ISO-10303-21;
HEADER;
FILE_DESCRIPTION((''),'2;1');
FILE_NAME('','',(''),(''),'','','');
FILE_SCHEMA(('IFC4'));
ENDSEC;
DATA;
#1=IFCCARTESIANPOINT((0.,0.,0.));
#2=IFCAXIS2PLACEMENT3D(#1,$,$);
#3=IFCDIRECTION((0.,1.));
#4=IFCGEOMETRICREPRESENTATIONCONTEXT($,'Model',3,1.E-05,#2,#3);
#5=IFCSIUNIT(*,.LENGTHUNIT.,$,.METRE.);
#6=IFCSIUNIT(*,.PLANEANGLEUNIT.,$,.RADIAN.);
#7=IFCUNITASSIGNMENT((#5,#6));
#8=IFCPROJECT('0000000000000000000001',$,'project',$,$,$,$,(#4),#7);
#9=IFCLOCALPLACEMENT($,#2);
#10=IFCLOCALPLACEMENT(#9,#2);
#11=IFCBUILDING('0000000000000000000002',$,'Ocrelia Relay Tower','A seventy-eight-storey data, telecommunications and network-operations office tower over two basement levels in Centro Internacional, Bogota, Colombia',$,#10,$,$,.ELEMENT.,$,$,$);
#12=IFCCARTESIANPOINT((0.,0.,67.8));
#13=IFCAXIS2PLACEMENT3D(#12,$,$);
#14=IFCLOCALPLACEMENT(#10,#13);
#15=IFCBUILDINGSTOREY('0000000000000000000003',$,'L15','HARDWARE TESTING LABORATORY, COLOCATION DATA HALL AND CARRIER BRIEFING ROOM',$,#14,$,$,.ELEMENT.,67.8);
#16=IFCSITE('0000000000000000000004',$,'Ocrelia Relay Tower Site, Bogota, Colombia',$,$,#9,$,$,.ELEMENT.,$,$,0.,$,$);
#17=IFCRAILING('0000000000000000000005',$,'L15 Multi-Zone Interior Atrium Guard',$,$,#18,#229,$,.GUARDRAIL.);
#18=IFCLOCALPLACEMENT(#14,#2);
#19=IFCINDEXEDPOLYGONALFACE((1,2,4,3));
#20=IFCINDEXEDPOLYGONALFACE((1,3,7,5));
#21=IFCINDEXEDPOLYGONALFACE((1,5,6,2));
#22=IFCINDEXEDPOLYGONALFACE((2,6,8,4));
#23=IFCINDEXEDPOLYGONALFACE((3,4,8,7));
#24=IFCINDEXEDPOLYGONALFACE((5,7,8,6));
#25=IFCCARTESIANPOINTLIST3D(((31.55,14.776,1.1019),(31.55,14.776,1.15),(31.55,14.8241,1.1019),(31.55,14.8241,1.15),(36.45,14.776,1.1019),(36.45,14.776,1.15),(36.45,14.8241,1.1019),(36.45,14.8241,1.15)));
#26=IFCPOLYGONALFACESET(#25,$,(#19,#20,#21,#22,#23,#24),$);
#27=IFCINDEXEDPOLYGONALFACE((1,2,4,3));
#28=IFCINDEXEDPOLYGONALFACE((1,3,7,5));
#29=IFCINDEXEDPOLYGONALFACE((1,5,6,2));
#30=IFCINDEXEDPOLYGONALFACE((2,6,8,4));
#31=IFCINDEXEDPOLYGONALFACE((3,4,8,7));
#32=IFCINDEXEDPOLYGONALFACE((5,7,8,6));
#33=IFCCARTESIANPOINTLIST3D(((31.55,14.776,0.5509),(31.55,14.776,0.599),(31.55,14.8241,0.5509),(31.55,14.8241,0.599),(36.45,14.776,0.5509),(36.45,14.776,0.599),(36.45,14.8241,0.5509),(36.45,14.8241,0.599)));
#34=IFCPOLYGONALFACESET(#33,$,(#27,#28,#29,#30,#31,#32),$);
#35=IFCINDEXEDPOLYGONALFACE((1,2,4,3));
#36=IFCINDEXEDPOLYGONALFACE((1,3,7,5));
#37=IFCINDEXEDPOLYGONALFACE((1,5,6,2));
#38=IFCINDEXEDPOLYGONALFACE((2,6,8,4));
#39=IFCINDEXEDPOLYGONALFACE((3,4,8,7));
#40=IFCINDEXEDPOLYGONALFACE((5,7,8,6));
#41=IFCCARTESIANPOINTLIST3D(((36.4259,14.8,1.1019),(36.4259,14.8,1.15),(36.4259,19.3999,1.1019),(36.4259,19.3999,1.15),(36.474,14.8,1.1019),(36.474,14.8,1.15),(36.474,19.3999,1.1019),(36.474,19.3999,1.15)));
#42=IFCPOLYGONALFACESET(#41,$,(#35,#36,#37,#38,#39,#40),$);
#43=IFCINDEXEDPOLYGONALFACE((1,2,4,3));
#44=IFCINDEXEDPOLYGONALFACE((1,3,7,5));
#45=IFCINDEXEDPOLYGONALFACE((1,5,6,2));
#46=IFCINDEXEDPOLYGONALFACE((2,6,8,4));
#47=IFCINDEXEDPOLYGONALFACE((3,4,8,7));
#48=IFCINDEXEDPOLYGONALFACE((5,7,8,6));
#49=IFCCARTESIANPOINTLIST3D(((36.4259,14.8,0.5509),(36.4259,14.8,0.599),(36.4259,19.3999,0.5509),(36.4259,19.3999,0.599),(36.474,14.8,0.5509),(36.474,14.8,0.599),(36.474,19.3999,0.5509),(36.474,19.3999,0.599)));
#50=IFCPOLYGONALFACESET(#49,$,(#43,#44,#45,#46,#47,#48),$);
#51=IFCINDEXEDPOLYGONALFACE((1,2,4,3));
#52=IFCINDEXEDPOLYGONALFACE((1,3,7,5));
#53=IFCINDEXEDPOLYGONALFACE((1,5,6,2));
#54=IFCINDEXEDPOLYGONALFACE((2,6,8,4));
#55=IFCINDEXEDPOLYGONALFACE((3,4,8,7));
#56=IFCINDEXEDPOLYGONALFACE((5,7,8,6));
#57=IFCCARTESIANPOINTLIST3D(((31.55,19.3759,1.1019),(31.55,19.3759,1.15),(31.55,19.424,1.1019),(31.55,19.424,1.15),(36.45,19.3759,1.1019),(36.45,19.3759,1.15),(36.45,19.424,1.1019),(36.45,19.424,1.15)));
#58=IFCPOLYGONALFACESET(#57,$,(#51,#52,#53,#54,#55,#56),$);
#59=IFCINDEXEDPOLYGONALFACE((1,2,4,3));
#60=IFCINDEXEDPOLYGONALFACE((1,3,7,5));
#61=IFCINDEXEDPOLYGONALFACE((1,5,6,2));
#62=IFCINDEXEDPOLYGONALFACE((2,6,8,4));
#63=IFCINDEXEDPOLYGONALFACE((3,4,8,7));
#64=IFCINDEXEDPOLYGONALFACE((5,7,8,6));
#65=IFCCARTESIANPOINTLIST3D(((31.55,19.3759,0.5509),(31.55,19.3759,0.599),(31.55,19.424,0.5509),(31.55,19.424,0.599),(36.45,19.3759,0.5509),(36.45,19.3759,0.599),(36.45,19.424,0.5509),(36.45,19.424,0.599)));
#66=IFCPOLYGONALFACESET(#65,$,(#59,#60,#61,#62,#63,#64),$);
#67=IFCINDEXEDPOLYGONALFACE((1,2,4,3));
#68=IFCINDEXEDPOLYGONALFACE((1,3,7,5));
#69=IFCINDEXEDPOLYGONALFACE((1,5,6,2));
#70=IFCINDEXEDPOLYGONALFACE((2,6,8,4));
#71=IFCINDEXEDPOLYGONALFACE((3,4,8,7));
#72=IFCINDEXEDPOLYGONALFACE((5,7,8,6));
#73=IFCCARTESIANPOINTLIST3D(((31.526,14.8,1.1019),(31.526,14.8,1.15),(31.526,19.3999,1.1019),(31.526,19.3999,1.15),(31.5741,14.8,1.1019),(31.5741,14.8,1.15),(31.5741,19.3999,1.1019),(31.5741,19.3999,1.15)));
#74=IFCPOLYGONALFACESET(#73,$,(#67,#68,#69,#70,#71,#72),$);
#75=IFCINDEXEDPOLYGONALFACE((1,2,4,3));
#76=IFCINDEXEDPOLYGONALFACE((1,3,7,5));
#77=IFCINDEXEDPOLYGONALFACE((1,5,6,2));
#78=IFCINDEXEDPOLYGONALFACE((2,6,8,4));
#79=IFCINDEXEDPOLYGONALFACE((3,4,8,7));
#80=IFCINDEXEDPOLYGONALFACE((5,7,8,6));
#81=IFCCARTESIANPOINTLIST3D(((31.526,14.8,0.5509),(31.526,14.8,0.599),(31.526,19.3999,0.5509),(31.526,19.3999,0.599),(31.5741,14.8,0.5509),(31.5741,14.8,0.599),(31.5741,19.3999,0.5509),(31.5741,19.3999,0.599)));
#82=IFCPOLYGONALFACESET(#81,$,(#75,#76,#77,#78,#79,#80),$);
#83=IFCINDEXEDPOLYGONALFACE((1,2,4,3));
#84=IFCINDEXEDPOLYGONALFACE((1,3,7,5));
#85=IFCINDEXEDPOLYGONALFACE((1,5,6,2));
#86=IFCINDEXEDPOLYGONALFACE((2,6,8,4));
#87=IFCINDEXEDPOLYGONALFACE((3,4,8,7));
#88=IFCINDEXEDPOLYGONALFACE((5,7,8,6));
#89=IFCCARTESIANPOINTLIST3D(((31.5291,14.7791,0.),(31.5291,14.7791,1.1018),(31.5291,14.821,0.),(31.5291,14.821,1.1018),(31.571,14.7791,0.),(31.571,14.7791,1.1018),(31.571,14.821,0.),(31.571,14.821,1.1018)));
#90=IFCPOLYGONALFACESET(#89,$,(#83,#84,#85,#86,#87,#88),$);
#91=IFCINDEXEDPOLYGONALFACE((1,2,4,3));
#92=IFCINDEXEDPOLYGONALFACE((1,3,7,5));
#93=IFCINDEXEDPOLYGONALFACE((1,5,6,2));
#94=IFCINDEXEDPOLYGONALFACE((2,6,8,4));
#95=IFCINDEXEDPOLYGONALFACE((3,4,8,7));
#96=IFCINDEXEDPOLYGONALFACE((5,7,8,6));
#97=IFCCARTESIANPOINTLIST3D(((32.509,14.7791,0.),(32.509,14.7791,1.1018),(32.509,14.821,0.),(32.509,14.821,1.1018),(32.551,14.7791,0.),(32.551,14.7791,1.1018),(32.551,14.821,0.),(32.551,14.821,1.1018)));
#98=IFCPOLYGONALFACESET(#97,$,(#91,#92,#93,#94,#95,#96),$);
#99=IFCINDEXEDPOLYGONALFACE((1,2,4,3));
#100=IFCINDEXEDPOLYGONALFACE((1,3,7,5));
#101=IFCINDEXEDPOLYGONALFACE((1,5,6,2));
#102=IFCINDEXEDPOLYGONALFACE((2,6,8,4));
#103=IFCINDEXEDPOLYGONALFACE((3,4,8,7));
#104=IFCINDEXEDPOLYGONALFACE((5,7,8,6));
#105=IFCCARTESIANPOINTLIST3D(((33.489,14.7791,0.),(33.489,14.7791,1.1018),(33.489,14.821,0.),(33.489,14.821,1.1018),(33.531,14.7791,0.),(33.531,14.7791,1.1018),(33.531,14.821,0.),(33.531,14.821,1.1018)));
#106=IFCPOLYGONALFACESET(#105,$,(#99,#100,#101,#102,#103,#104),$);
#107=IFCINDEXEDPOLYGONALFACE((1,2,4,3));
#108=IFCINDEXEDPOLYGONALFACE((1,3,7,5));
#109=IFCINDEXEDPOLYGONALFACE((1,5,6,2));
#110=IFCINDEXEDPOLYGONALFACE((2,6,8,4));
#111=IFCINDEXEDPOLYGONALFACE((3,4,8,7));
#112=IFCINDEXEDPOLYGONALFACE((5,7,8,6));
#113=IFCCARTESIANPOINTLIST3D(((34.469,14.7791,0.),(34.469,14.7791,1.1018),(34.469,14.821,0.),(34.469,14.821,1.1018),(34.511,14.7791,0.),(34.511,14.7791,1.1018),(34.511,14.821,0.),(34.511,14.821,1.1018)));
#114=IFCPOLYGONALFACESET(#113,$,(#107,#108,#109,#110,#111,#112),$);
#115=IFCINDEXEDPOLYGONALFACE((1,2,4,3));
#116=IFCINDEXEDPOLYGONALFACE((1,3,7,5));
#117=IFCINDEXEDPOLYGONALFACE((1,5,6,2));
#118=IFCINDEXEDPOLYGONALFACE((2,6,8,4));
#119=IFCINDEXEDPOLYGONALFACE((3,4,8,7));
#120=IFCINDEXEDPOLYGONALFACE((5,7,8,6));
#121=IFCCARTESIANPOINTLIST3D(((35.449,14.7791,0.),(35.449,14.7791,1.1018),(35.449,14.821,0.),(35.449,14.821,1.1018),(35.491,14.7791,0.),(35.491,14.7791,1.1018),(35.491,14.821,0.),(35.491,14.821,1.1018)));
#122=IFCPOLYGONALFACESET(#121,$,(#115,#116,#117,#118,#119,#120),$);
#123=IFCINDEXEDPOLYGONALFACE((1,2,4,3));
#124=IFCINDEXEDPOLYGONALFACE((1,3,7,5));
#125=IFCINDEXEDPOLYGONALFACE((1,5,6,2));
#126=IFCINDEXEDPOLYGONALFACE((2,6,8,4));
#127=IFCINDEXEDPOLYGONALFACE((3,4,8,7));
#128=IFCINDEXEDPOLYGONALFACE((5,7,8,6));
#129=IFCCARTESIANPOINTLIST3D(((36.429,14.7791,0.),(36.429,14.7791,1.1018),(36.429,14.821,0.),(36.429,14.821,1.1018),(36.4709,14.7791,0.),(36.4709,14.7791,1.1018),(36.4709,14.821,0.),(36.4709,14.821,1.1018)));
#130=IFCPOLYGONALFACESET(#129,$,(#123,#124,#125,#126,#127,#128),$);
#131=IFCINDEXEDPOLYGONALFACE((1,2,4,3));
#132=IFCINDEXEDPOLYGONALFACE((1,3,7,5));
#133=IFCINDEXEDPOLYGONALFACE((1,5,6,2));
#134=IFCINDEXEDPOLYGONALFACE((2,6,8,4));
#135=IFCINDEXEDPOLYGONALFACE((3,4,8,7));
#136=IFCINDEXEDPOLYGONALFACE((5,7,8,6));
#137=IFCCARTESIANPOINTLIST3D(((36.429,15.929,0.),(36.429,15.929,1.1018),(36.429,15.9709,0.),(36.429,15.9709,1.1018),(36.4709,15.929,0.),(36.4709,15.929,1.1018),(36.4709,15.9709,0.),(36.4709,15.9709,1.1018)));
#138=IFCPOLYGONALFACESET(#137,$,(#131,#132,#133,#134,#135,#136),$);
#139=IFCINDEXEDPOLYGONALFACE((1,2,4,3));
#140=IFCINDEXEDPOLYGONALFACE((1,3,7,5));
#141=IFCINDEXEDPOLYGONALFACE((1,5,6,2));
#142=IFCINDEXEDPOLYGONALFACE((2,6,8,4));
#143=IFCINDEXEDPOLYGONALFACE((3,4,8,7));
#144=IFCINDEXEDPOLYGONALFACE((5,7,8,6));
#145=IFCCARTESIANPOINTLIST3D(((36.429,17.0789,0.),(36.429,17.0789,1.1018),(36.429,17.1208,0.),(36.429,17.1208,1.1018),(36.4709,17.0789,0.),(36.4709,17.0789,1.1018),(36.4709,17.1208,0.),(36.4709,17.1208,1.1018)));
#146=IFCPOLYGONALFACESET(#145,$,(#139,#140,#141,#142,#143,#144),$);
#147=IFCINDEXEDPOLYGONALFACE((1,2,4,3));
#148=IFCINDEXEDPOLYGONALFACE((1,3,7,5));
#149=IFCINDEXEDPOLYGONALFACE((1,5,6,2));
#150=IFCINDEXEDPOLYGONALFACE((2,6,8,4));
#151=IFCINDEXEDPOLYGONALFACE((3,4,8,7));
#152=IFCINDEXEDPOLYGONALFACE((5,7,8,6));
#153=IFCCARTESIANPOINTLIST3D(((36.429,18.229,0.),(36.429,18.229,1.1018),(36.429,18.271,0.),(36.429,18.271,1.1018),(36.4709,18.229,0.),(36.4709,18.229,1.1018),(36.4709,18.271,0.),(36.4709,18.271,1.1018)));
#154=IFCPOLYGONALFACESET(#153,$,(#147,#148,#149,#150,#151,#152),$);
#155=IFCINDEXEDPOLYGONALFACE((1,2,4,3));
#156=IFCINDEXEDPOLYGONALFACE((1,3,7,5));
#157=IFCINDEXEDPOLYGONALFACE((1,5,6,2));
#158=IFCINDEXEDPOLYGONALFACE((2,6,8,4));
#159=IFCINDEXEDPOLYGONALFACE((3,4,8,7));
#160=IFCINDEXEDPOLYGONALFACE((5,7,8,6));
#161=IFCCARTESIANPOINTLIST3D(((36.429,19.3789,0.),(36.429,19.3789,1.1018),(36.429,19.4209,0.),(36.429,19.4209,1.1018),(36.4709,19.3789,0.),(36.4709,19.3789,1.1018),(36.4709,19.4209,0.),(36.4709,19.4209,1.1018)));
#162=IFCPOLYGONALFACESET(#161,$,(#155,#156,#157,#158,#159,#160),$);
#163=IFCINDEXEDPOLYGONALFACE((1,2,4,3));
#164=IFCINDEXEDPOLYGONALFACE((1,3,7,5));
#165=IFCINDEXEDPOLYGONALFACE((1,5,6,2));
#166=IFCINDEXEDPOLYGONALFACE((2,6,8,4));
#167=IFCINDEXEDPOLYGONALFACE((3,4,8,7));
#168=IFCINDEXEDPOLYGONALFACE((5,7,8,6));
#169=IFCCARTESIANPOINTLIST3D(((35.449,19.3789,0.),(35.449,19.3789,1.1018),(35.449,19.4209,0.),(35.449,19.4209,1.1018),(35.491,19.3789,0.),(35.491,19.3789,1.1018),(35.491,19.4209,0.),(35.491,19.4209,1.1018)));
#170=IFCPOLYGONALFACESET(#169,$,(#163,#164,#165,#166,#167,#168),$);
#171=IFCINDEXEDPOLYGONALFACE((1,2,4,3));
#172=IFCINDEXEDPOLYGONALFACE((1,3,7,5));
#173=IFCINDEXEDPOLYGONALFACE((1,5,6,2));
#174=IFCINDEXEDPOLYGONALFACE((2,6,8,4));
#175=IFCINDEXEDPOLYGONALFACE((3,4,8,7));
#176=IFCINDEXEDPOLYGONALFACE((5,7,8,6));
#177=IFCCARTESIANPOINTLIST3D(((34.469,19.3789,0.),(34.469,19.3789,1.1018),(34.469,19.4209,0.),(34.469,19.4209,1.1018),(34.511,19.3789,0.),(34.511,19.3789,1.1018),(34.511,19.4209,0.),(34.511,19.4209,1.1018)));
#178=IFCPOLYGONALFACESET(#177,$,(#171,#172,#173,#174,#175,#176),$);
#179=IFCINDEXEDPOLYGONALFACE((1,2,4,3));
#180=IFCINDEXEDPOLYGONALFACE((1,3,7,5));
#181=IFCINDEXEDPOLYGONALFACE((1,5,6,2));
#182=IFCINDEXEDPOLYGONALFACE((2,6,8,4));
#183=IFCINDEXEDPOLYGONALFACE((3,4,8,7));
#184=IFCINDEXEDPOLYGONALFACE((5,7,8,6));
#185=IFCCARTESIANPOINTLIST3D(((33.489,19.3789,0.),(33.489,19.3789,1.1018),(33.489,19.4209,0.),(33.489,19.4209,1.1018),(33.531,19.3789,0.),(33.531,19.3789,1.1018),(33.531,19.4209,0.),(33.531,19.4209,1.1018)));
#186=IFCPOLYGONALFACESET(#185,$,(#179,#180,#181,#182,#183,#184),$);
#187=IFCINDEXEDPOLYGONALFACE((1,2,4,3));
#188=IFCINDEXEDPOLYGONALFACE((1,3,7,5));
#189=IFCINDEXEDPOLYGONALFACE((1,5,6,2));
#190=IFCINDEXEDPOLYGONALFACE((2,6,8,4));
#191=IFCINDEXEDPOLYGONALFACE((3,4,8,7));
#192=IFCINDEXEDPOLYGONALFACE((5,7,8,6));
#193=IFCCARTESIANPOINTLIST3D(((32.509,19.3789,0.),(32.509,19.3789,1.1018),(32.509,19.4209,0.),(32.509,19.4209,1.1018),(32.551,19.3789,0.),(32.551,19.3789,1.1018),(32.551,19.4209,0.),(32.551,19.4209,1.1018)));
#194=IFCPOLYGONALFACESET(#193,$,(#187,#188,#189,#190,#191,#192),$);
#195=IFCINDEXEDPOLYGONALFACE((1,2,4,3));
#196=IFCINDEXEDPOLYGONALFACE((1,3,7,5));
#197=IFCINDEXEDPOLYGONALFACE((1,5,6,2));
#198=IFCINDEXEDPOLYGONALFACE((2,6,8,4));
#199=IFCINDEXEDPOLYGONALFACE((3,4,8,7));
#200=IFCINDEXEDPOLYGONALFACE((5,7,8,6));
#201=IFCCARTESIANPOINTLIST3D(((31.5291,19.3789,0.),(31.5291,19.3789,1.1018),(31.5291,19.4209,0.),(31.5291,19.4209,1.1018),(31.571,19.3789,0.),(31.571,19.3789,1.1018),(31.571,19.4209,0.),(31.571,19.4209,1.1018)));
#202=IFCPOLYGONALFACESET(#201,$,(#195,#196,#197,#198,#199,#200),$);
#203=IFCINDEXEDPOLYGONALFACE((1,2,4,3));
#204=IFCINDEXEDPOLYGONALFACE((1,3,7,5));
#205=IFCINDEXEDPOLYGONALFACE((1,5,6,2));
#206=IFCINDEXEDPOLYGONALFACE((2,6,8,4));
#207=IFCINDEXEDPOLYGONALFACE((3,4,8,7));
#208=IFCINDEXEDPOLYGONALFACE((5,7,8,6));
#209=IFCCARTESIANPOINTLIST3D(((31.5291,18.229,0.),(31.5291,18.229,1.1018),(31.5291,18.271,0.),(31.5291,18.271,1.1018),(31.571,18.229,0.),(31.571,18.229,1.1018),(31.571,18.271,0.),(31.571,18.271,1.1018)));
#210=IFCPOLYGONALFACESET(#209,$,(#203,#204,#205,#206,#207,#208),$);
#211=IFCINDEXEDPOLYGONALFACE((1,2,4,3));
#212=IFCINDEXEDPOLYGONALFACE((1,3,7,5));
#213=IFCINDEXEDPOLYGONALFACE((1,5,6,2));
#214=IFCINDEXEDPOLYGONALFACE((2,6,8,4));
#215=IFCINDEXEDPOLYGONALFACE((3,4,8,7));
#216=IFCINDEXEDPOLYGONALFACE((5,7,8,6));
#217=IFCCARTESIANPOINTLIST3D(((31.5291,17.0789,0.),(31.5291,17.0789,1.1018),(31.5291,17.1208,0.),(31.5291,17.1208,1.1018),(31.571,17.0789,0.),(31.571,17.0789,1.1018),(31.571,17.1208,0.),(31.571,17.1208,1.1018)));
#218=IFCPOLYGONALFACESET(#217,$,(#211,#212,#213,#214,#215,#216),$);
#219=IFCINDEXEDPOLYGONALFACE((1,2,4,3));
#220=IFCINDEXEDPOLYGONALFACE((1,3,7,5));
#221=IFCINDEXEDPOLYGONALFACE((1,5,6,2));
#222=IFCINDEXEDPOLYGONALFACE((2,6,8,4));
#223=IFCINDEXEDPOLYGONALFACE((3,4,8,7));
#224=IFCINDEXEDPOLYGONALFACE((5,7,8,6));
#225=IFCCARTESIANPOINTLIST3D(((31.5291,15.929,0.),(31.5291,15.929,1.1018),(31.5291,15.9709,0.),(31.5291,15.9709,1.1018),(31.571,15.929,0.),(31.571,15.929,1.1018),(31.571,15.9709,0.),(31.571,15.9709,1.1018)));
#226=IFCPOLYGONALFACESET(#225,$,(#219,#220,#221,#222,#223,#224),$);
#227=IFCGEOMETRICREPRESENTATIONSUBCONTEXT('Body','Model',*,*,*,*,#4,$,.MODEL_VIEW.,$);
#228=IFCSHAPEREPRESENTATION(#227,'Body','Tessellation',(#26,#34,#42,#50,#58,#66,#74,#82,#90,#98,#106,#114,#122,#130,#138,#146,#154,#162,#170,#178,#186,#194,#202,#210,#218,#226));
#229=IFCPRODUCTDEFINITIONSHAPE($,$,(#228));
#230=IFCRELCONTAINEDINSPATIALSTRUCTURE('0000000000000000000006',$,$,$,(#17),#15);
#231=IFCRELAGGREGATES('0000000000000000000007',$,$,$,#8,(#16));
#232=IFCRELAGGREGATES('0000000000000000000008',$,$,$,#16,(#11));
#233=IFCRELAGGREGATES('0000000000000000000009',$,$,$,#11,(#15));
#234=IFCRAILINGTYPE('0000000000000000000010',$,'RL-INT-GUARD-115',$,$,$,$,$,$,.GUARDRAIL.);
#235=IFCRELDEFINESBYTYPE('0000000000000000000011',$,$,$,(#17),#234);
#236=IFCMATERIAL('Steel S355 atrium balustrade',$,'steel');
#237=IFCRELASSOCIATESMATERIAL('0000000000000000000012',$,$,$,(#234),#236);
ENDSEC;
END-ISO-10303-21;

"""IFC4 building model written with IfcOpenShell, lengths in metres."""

from ifc_helpers import new_model, si_unit, direction, frame, origin, origin_2d, place, context, subcontext, project, spatial, rectangle, extrude, material, type_object, element, save


model = new_model("IFC4")

# Units and contexts
model_context = context("Model", 3, precision=1e-05, world=origin(), true_north=direction((0.0, 1.0)))
body_context = subcontext(model_context, "Body", "Model", "MODEL_VIEW")
ifc_project = project(units=[si_unit("LENGTHUNIT", "METRE"), si_unit("PLANEANGLEUNIT", "RADIAN")], contexts=[model_context])

# Site, building, storey
site_placement = place(None, origin())
site = spatial("IfcSite", under=ifc_project, at=site_placement, Name="Ocrelia Relay Tower Site, Bogota, Colombia", CompositionType="ELEMENT", RefElevation=0.0)
building_placement = place(site_placement, origin())
building = spatial("IfcBuilding", under=site, at=building_placement, Name="Ocrelia Relay Tower", Description="A seventy-eight-storey data, telecommunications and network-operations office tower over two basement levels in Centro Internacional, Bogota, Colombia", CompositionType="ELEMENT")
storey_placement = place(building_placement, frame((0.0, 0.0, 67.8)))
storey = spatial("IfcBuildingStorey", under=building, at=storey_placement, Name="L15", Description="HARDWARE TESTING LABORATORY, COLOCATION DATA HALL AND CARRIER BRIEFING ROOM", CompositionType="ELEMENT", Elevation=67.8)

# Railing
ifc_material_1 = material(Name="Steel S355 atrium balustrade", Category="steel")
railing_type_1 = type_object("IfcRailingType", Name="RL-INT-GUARD-115", PredefinedType="GUARDRAIL", material=ifc_material_1)
railing_1_placement = place(storey_placement, frame((31.55, 14.8, 0.0)))
element("IfcRailing", 1, at=railing_1_placement, inside=storey, type_object=railing_type_1, Name="L15 Multi-Zone Interior Atrium Guard", PredefinedType="GUARDRAIL", context=body_context, shape_type="SweptSolid", body=[
    extrude(rectangle(XDim=0.0481, YDim=0.0481, at=origin_2d()), frame((0.0, 0.0, 1.126), z_axis=(1.0, 0.0, 0.0), x_axis=(0.0, 1.0, 0.0)), (0.0, 0.0, 1.0), 4.8999),
    extrude(rectangle(XDim=0.0481, YDim=0.0481, at=origin_2d()), frame((0.0, 0.0, 0.575), z_axis=(1.0, 0.0, 0.0), x_axis=(0.0, 1.0, 0.0)), (0.0, 0.0, 1.0), 4.8999),
    extrude(rectangle(XDim=0.0481, YDim=0.0481, at=origin_2d()), frame((4.8999, 0.0, 1.126), z_axis=(0.0, 1.0, 0.0), x_axis=(-1.0, 0.0, 0.0)), (0.0, 0.0, 1.0), 4.5999),
    extrude(rectangle(XDim=0.0481, YDim=0.0481, at=origin_2d()), frame((4.8999, 0.0, 0.575), z_axis=(0.0, 1.0, 0.0), x_axis=(-1.0, 0.0, 0.0)), (0.0, 0.0, 1.0), 4.5999),
    extrude(rectangle(XDim=0.0481, YDim=0.0481, at=origin_2d()), frame((4.8999, 4.5999, 1.126), z_axis=(-1.0, 0.0, 0.0), x_axis=(0.0, -1.0, 0.0)), (0.0, 0.0, 1.0), 4.8999),
    extrude(rectangle(XDim=0.0481, YDim=0.0481, at=origin_2d()), frame((4.8999, 4.5999, 0.575), z_axis=(-1.0, 0.0, 0.0), x_axis=(0.0, -1.0, 0.0)), (0.0, 0.0, 1.0), 4.8999),
    extrude(rectangle(XDim=0.0481, YDim=0.0481, at=origin_2d()), frame((0.0, 4.5999, 1.126), z_axis=(0.0, -1.0, 0.0), x_axis=(1.0, 0.0, 0.0)), (0.0, 0.0, 1.0), 4.5999),
    extrude(rectangle(XDim=0.0481, YDim=0.0481, at=origin_2d()), frame((0.0, 4.5999, 0.575), z_axis=(0.0, -1.0, 0.0), x_axis=(1.0, 0.0, 0.0)), (0.0, 0.0, 1.0), 4.5999),
    extrude(rectangle(XDim=0.042, YDim=0.042, at=origin_2d()), origin(), (0.0, 0.0, 1.0), 1.1018),
    extrude(rectangle(XDim=0.042, YDim=0.042, at=origin_2d()), frame((0.98, 0.0, 0.0)), (0.0, 0.0, 1.0), 1.1018),
    extrude(rectangle(XDim=0.042, YDim=0.042, at=origin_2d()), frame((1.96, 0.0, 0.0)), (0.0, 0.0, 1.0), 1.1018),
    extrude(rectangle(XDim=0.042, YDim=0.042, at=origin_2d()), frame((2.9399, 0.0, 0.0)), (0.0, 0.0, 1.0), 1.1018),
    extrude(rectangle(XDim=0.042, YDim=0.042, at=origin_2d()), frame((3.9199, 0.0, 0.0)), (0.0, 0.0, 1.0), 1.1018),
    extrude(rectangle(XDim=0.042, YDim=0.042, at=origin_2d()), frame((4.8999, 0.0, 0.0)), (0.0, 0.0, 1.0), 1.1018),
    extrude(rectangle(XDim=0.042, YDim=0.042, at=origin_2d()), frame((4.8999, 1.1499, 0.0)), (0.0, 0.0, 1.0), 1.1018),
    extrude(rectangle(XDim=0.042, YDim=0.042, at=origin_2d()), frame((4.8999, 2.2998, 0.0)), (0.0, 0.0, 1.0), 1.1018),
    extrude(rectangle(XDim=0.042, YDim=0.042, at=origin_2d()), frame((4.8999, 3.45, 0.0)), (0.0, 0.0, 1.0), 1.1018),
    extrude(rectangle(XDim=0.042, YDim=0.042, at=origin_2d()), frame((4.8999, 4.5999, 0.0)), (0.0, 0.0, 1.0), 1.1018),
    extrude(rectangle(XDim=0.042, YDim=0.042, at=origin_2d()), frame((3.9199, 4.5999, 0.0)), (0.0, 0.0, 1.0), 1.1018),
    extrude(rectangle(XDim=0.042, YDim=0.042, at=origin_2d()), frame((2.9399, 4.5999, 0.0)), (0.0, 0.0, 1.0), 1.1018),
    extrude(rectangle(XDim=0.042, YDim=0.042, at=origin_2d()), frame((1.96, 4.5999, 0.0)), (0.0, 0.0, 1.0), 1.1018),
    extrude(rectangle(XDim=0.042, YDim=0.042, at=origin_2d()), frame((0.98, 4.5999, 0.0)), (0.0, 0.0, 1.0), 1.1018),
    extrude(rectangle(XDim=0.042, YDim=0.042, at=origin_2d()), frame((0.0, 4.5999, 0.0)), (0.0, 0.0, 1.0), 1.1018),
    extrude(rectangle(XDim=0.042, YDim=0.042, at=origin_2d()), frame((0.0, 3.45, 0.0)), (0.0, 0.0, 1.0), 1.1018),
    extrude(rectangle(XDim=0.042, YDim=0.042, at=origin_2d()), frame((0.0, 2.2998, 0.0)), (0.0, 0.0, 1.0), 1.1018),
    extrude(rectangle(XDim=0.042, YDim=0.042, at=origin_2d()), frame((0.0, 1.1499, 0.0)), (0.0, 0.0, 1.0), 1.1018),
])

save(model, "model.ifc")
